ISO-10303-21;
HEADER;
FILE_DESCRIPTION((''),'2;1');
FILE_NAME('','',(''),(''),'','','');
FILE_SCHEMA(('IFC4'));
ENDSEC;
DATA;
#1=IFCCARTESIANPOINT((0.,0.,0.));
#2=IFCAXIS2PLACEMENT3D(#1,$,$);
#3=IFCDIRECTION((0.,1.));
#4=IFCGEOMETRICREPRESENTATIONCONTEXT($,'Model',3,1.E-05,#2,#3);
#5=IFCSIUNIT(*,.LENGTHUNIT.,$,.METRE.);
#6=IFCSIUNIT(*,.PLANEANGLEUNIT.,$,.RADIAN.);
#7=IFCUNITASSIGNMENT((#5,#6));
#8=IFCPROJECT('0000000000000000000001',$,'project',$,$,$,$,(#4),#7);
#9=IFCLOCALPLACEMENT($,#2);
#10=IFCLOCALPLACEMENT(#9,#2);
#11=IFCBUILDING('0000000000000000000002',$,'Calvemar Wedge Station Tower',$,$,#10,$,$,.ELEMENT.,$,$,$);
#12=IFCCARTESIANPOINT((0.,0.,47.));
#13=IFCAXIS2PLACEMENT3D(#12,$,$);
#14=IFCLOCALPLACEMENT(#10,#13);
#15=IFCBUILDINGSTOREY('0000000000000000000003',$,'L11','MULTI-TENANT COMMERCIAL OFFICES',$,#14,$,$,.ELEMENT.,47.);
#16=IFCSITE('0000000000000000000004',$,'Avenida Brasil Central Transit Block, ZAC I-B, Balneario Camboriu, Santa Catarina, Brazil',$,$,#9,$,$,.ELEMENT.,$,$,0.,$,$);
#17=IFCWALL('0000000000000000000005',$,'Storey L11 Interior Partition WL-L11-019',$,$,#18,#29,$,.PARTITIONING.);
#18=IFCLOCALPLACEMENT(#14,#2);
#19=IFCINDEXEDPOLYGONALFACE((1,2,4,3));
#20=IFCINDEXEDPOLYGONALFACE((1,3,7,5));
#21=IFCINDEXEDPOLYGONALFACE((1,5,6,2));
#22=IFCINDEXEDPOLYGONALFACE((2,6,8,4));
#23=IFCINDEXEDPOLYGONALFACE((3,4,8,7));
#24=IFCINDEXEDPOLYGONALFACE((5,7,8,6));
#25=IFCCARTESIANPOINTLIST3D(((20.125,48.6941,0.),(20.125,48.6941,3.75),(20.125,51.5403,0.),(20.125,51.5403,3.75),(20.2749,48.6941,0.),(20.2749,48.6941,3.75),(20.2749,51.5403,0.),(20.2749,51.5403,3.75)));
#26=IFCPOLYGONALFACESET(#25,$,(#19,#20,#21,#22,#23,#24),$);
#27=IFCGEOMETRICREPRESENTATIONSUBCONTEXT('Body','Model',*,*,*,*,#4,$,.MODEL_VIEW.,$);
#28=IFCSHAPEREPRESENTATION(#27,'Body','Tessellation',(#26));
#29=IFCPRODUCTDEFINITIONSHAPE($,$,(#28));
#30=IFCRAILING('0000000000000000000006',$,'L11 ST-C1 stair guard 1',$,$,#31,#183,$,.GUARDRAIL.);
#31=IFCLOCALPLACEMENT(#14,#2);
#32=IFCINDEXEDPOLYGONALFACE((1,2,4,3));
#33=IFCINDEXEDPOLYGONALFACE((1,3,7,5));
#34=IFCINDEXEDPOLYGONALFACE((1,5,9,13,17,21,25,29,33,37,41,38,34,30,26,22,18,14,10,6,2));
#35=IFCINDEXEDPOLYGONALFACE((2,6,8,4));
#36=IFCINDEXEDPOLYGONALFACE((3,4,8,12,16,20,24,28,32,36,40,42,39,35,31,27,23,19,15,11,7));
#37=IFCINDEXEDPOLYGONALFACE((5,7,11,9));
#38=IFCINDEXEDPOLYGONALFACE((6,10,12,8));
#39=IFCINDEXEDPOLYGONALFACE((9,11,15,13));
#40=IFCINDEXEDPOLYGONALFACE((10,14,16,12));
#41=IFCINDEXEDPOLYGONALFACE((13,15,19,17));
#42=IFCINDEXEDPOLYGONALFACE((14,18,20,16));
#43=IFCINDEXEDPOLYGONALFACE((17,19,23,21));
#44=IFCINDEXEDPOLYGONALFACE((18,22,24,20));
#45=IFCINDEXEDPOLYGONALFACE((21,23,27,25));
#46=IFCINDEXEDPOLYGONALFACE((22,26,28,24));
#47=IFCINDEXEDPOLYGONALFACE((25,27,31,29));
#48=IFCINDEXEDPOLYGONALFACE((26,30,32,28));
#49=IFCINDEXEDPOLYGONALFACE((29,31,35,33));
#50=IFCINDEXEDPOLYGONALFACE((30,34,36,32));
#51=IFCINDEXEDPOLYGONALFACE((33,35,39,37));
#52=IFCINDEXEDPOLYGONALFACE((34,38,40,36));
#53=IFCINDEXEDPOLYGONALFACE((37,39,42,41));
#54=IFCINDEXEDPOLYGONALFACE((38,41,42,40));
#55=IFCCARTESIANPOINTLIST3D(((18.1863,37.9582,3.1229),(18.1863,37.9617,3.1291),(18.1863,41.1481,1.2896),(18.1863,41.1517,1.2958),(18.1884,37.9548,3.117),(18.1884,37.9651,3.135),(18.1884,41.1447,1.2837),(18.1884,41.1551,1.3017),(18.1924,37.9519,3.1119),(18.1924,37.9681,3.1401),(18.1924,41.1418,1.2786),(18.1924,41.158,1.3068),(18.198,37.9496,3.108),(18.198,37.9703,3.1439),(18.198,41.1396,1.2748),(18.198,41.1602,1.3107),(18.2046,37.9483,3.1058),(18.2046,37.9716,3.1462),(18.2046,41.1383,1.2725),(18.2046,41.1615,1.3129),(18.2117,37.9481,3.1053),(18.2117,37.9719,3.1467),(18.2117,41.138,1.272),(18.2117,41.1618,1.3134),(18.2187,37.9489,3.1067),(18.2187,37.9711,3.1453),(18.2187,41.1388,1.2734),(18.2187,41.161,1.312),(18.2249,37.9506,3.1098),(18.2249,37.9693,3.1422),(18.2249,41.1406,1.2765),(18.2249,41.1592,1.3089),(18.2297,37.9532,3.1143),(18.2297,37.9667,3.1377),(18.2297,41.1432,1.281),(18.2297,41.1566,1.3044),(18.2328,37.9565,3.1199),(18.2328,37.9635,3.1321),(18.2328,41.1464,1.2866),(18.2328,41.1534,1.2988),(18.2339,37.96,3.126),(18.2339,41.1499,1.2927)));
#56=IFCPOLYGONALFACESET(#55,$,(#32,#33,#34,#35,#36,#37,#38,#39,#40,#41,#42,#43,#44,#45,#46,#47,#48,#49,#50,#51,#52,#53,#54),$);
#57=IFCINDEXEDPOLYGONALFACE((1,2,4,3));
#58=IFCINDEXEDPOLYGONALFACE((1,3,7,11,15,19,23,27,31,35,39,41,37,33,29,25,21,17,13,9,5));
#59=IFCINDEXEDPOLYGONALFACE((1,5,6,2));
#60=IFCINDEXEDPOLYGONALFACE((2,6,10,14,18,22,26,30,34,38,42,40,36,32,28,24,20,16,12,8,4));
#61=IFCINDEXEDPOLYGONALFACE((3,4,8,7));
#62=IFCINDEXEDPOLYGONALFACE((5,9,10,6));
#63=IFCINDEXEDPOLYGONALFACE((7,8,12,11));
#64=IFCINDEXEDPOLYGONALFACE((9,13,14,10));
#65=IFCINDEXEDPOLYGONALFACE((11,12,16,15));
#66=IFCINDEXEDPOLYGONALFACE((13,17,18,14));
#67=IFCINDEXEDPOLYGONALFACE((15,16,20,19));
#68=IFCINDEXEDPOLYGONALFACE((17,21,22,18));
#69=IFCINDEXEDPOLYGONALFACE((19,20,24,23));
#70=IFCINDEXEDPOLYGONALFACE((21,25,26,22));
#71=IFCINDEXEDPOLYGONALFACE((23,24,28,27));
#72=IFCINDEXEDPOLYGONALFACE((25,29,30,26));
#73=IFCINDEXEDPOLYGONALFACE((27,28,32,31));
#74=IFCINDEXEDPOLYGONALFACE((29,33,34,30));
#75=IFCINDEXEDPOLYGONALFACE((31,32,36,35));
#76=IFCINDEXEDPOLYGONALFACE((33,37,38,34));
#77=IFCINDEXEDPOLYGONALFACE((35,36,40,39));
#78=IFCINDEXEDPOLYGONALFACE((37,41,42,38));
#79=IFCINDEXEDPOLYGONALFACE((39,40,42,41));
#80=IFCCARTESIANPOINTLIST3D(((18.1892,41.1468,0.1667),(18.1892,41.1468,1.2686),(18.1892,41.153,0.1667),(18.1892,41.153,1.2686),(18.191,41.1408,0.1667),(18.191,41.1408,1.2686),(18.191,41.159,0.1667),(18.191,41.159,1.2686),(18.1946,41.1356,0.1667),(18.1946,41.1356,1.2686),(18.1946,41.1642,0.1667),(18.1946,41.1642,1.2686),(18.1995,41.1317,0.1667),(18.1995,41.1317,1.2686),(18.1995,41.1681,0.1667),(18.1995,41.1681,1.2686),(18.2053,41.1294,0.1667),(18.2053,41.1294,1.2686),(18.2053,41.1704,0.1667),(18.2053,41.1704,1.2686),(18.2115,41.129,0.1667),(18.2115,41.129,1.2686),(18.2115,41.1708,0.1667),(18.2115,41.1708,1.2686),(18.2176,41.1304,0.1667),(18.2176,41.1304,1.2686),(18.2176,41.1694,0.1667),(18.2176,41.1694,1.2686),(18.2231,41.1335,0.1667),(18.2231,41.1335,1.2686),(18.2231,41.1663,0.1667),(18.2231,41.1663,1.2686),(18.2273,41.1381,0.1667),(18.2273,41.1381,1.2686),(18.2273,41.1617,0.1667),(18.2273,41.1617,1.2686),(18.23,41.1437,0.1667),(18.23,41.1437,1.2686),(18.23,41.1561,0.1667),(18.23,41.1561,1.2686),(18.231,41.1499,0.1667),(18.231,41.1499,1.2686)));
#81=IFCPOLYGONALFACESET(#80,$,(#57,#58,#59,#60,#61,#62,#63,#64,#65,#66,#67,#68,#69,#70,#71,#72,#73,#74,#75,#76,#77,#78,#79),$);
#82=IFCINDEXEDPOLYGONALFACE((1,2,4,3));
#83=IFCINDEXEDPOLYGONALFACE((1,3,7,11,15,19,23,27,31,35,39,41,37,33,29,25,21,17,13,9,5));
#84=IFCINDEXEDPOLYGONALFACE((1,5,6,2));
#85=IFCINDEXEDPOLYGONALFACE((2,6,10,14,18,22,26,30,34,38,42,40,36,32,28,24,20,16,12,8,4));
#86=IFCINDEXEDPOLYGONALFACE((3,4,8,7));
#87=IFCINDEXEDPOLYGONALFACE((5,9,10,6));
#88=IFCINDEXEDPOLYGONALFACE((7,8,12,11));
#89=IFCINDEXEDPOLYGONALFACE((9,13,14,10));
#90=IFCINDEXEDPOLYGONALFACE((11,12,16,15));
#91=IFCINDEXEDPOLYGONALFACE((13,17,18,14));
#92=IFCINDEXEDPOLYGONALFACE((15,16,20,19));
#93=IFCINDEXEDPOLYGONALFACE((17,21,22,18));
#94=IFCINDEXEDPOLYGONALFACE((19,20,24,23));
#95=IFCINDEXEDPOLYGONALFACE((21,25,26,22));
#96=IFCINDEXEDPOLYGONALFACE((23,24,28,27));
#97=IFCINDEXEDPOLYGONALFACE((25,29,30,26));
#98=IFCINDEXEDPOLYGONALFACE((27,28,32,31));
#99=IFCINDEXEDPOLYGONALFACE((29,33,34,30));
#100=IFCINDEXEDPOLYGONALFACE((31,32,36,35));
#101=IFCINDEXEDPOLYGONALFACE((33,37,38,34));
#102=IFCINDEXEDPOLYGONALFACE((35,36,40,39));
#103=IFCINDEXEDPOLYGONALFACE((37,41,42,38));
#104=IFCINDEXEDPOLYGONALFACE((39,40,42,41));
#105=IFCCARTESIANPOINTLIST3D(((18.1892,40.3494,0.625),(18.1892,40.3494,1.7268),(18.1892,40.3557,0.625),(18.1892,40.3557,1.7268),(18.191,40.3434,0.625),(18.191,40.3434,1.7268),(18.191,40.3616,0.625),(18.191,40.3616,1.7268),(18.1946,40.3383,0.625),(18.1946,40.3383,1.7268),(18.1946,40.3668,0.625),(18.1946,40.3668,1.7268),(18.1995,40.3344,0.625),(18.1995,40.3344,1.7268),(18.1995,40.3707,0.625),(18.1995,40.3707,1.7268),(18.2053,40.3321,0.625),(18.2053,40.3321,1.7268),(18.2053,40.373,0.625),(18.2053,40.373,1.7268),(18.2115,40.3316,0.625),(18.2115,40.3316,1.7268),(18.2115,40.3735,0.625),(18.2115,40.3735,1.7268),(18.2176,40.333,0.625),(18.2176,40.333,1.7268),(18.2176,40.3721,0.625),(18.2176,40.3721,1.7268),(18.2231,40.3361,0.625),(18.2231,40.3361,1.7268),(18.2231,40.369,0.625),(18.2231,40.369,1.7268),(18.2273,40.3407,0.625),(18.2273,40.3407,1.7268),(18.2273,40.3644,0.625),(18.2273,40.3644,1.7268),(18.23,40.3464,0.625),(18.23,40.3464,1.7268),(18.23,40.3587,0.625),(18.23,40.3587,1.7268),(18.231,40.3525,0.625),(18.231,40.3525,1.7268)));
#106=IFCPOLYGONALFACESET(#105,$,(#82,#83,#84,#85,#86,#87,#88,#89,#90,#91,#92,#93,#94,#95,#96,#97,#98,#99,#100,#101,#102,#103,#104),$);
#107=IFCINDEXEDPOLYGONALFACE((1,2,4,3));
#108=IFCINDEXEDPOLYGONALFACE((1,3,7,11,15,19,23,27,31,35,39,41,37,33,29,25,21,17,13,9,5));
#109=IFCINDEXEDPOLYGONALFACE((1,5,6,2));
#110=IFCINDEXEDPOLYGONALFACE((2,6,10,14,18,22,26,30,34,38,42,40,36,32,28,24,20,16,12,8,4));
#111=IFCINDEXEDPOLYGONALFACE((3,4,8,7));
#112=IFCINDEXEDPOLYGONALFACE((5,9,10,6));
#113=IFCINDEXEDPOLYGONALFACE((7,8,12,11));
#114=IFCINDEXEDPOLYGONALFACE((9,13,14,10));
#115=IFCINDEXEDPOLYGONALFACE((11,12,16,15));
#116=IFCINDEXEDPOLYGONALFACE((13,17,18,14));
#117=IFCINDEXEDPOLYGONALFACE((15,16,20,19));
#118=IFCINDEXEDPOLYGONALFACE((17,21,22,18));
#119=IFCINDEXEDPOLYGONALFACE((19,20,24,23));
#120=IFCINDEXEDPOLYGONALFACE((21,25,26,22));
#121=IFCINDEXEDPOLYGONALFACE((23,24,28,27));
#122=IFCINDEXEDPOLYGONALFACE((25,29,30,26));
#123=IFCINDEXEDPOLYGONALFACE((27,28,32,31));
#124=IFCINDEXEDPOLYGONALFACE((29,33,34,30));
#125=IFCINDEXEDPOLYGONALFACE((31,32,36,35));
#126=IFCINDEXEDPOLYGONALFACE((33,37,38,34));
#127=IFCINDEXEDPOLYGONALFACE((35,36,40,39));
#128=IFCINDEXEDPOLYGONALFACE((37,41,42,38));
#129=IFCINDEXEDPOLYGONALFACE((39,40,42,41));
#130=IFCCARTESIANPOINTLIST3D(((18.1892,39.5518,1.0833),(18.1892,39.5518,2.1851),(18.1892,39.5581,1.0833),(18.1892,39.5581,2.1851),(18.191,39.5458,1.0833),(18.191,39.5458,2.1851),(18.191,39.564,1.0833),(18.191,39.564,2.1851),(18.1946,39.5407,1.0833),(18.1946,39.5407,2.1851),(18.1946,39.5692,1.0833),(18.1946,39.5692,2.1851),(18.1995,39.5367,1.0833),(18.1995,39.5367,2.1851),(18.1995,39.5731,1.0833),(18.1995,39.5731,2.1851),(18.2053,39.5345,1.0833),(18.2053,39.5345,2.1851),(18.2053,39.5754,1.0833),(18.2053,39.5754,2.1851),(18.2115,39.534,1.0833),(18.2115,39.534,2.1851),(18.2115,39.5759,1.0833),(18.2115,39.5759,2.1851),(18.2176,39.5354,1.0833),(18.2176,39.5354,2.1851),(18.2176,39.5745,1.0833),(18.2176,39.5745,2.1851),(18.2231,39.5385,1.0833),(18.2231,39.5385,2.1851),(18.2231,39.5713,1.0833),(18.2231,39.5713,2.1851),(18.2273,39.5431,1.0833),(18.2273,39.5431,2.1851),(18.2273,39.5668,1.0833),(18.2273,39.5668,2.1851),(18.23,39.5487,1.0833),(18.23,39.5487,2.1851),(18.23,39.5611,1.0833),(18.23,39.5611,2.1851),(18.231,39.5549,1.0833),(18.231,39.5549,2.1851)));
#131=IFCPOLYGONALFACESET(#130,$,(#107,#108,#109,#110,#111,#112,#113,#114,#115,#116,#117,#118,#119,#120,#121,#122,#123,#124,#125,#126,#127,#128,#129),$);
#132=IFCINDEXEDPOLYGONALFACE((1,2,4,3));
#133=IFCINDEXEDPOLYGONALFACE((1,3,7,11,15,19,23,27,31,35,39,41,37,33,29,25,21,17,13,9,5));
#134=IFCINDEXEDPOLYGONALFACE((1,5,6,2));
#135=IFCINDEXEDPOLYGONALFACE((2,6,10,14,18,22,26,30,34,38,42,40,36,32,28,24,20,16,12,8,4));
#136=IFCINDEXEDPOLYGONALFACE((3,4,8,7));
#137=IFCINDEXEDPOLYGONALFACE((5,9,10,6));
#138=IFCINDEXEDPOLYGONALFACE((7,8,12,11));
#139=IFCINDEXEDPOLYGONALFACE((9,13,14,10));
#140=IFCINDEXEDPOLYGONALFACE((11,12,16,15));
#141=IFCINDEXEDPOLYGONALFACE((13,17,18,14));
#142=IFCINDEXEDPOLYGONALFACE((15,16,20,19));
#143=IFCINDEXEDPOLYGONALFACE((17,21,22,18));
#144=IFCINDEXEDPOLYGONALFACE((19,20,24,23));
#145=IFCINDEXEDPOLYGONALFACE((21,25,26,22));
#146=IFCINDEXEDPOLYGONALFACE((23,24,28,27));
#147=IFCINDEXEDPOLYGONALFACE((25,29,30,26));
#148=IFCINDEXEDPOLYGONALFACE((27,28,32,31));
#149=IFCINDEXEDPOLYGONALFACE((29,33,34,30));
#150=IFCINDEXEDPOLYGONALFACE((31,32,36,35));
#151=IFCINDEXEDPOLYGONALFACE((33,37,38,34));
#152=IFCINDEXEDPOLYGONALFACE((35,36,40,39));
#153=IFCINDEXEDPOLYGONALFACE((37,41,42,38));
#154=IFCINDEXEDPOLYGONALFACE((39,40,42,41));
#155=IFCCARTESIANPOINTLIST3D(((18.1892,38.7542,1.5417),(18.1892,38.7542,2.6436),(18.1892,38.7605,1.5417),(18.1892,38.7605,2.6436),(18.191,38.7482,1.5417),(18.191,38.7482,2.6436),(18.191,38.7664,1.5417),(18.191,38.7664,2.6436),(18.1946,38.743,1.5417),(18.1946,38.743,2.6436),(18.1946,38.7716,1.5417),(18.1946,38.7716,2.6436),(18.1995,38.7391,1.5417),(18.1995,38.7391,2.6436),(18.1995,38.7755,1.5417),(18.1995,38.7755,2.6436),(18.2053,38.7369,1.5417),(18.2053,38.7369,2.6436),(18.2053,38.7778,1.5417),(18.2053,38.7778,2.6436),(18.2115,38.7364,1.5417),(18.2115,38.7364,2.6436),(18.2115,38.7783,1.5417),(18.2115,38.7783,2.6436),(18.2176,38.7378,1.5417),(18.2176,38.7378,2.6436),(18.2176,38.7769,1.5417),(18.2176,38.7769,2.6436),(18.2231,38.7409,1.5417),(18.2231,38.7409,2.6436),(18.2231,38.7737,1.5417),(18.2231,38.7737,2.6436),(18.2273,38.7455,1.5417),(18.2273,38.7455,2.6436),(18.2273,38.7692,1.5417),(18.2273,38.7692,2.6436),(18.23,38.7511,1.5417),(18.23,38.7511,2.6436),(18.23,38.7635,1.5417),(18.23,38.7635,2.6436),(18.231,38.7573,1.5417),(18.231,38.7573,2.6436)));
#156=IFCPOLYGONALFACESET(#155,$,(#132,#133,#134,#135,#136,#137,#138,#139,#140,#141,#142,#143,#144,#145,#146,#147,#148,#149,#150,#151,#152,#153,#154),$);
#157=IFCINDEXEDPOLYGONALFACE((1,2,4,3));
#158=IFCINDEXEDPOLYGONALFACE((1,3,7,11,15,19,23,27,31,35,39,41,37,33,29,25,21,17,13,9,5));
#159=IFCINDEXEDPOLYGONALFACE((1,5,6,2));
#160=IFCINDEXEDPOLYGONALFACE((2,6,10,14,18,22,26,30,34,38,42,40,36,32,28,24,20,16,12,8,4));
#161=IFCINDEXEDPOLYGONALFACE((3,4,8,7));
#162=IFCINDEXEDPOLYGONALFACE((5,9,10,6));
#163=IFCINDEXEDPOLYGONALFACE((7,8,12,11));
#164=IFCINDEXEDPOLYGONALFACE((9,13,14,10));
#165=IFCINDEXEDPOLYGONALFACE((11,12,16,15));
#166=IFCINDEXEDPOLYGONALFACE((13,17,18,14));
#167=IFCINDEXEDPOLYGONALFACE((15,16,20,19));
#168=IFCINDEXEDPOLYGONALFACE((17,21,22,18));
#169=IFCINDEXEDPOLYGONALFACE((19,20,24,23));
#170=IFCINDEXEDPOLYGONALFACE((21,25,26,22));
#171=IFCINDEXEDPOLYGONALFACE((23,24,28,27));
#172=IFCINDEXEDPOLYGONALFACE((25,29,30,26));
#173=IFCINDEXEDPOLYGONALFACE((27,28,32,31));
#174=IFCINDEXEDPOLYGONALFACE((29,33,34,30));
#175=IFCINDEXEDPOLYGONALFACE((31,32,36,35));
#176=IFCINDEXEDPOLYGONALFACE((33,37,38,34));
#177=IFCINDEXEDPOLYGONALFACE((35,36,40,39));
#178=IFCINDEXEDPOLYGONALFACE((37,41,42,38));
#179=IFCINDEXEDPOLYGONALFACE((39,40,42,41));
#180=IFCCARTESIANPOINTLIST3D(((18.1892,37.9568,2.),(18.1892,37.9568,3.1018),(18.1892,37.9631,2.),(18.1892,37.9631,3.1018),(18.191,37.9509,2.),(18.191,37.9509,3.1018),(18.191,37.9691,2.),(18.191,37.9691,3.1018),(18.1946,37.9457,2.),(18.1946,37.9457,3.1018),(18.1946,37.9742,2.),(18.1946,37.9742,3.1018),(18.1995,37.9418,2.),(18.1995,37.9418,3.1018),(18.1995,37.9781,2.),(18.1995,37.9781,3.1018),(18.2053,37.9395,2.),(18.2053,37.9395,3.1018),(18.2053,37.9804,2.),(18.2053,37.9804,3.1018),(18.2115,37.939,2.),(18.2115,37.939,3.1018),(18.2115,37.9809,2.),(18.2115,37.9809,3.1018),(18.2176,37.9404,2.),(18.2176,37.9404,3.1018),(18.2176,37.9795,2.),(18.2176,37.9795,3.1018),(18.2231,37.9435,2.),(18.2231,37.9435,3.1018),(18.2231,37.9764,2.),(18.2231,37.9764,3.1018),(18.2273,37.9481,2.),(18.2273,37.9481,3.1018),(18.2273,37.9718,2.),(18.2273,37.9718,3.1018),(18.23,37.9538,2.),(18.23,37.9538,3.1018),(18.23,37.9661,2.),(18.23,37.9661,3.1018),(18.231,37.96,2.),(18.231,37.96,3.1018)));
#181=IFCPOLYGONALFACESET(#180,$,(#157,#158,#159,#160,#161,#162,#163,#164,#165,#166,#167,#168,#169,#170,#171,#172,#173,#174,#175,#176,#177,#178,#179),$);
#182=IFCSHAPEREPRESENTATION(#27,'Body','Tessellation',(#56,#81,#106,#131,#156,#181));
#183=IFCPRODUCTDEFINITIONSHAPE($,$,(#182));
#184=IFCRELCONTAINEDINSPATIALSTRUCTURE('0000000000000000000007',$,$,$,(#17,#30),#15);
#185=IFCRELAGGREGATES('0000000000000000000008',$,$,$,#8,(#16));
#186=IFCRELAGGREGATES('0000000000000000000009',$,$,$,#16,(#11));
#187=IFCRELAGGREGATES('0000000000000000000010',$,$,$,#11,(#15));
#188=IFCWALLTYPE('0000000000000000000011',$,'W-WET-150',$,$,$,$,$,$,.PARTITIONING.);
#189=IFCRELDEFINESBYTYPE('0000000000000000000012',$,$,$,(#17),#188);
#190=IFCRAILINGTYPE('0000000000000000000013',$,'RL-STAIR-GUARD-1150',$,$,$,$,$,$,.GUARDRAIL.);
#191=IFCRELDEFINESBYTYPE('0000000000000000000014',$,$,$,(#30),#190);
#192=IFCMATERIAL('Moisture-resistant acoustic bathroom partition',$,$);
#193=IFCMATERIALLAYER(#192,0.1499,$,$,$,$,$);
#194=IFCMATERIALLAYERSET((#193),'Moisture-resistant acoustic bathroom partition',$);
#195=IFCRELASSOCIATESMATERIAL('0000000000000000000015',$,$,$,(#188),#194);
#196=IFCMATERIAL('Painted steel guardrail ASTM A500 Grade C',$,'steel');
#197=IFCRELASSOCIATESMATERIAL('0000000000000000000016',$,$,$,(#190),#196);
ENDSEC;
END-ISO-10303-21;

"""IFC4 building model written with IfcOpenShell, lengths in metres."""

from ifc_helpers import new_model, si_unit, direction, frame, frame_2d, origin, origin_2d, place, context, subcontext, project, spatial, rectangle, circle, extrude, material, layer, layer_set, type_object, element, save


model = new_model("IFC4")

# Units and contexts
model_context = context("Model", 3, precision=1e-05, world=origin(), true_north=direction((0.0, 1.0)))
body_context = subcontext(model_context, "Body", "Model", "MODEL_VIEW")
ifc_project = project(units=[si_unit("LENGTHUNIT", "METRE"), si_unit("PLANEANGLEUNIT", "RADIAN")], contexts=[model_context])

# Site, building, storey
site_placement = place(None, origin())
site = spatial("IfcSite", under=ifc_project, at=site_placement, Name="Avenida Brasil Central Transit Block, ZAC I-B, Balneario Camboriu, Santa Catarina, Brazil", CompositionType="ELEMENT", RefElevation=0.0)
building_placement = place(site_placement, origin())
building = spatial("IfcBuilding", under=site, at=building_placement, Name="Calvemar Wedge Station Tower", CompositionType="ELEMENT")
storey_placement = place(building_placement, frame((0.0, 0.0, 47.0)))
storey = spatial("IfcBuildingStorey", under=building, at=storey_placement, Name="L11", Description="MULTI-TENANT COMMERCIAL OFFICES", CompositionType="ELEMENT", Elevation=47.0)

# Wall
ifc_material_1 = material(Name="Moisture-resistant acoustic bathroom partition")
ifc_layer_1 = layer(ifc_material_1, 0.1499)
ifc_layer_set_1 = layer_set([ifc_layer_1], Name="Moisture-resistant acoustic bathroom partition")
wall_type_1 = type_object("IfcWallType", Name="W-WET-150", PredefinedType="PARTITIONING", material=ifc_layer_set_1)
wall_1_placement = place(storey_placement, frame((20.2, 51.5403, 0.0), z_axis=(0.0, 0.0, 1.0), x_axis=(0.0, -1.0, 0.0)))
element("IfcWall", 1, at=wall_1_placement, inside=storey, type_object=wall_type_1, Name="Storey L11 Interior Partition WL-L11-019", PredefinedType="PARTITIONING", context=body_context, shape_type="SweptSolid", body=[
    extrude(rectangle(XDim=2.8462, YDim=0.1499, at=frame_2d((1.4231, 0.0))), origin(), (0.0, 0.0, 1.0), 3.75),
])

# Railing
ifc_material_2 = material(Name="Painted steel guardrail ASTM A500 Grade C", Category="steel")
railing_type = type_object("IfcRailingType", Name="RL-STAIR-GUARD-1150", PredefinedType="GUARDRAIL", material=ifc_material_2)
railing_1_placement = place(storey_placement, frame((18.21, 41.1499, 0.1667)))
element("IfcRailing", 2, at=railing_1_placement, inside=storey, type_object=railing_type, Name="L11 ST-C1 stair guard 1", PredefinedType="GUARDRAIL", context=body_context, shape_type="SweptSolid", body=[
    extrude(circle(Radius=0.0239, at=origin_2d()), frame((0.0, 0.0, 1.126), z_axis=(0.0, -0.86702, 0.498274), x_axis=(1.0, 0.0, 0.0)), (0.0, 0.0, 1.0), 3.6792),
    extrude(circle(Radius=0.021, at=origin_2d()), origin(), (0.0, 0.0, 1.0), 1.1018),
    extrude(circle(Radius=0.021, at=origin_2d()), frame((0.0, -0.7974, 0.4583)), (0.0, 0.0, 1.0), 1.1018),
    extrude(circle(Radius=0.021, at=origin_2d()), frame((0.0, -1.595, 0.9165)), (0.0, 0.0, 1.0), 1.1018),
    extrude(circle(Radius=0.021, at=origin_2d()), frame((0.0, -2.3926, 1.375)), (0.0, 0.0, 1.0), 1.1018),
    extrude(circle(Radius=0.021, at=origin_2d()), frame((0.0, -3.1899, 1.8333)), (0.0, 0.0, 1.0), 1.1018),
])

save(model, "model.ifc")
